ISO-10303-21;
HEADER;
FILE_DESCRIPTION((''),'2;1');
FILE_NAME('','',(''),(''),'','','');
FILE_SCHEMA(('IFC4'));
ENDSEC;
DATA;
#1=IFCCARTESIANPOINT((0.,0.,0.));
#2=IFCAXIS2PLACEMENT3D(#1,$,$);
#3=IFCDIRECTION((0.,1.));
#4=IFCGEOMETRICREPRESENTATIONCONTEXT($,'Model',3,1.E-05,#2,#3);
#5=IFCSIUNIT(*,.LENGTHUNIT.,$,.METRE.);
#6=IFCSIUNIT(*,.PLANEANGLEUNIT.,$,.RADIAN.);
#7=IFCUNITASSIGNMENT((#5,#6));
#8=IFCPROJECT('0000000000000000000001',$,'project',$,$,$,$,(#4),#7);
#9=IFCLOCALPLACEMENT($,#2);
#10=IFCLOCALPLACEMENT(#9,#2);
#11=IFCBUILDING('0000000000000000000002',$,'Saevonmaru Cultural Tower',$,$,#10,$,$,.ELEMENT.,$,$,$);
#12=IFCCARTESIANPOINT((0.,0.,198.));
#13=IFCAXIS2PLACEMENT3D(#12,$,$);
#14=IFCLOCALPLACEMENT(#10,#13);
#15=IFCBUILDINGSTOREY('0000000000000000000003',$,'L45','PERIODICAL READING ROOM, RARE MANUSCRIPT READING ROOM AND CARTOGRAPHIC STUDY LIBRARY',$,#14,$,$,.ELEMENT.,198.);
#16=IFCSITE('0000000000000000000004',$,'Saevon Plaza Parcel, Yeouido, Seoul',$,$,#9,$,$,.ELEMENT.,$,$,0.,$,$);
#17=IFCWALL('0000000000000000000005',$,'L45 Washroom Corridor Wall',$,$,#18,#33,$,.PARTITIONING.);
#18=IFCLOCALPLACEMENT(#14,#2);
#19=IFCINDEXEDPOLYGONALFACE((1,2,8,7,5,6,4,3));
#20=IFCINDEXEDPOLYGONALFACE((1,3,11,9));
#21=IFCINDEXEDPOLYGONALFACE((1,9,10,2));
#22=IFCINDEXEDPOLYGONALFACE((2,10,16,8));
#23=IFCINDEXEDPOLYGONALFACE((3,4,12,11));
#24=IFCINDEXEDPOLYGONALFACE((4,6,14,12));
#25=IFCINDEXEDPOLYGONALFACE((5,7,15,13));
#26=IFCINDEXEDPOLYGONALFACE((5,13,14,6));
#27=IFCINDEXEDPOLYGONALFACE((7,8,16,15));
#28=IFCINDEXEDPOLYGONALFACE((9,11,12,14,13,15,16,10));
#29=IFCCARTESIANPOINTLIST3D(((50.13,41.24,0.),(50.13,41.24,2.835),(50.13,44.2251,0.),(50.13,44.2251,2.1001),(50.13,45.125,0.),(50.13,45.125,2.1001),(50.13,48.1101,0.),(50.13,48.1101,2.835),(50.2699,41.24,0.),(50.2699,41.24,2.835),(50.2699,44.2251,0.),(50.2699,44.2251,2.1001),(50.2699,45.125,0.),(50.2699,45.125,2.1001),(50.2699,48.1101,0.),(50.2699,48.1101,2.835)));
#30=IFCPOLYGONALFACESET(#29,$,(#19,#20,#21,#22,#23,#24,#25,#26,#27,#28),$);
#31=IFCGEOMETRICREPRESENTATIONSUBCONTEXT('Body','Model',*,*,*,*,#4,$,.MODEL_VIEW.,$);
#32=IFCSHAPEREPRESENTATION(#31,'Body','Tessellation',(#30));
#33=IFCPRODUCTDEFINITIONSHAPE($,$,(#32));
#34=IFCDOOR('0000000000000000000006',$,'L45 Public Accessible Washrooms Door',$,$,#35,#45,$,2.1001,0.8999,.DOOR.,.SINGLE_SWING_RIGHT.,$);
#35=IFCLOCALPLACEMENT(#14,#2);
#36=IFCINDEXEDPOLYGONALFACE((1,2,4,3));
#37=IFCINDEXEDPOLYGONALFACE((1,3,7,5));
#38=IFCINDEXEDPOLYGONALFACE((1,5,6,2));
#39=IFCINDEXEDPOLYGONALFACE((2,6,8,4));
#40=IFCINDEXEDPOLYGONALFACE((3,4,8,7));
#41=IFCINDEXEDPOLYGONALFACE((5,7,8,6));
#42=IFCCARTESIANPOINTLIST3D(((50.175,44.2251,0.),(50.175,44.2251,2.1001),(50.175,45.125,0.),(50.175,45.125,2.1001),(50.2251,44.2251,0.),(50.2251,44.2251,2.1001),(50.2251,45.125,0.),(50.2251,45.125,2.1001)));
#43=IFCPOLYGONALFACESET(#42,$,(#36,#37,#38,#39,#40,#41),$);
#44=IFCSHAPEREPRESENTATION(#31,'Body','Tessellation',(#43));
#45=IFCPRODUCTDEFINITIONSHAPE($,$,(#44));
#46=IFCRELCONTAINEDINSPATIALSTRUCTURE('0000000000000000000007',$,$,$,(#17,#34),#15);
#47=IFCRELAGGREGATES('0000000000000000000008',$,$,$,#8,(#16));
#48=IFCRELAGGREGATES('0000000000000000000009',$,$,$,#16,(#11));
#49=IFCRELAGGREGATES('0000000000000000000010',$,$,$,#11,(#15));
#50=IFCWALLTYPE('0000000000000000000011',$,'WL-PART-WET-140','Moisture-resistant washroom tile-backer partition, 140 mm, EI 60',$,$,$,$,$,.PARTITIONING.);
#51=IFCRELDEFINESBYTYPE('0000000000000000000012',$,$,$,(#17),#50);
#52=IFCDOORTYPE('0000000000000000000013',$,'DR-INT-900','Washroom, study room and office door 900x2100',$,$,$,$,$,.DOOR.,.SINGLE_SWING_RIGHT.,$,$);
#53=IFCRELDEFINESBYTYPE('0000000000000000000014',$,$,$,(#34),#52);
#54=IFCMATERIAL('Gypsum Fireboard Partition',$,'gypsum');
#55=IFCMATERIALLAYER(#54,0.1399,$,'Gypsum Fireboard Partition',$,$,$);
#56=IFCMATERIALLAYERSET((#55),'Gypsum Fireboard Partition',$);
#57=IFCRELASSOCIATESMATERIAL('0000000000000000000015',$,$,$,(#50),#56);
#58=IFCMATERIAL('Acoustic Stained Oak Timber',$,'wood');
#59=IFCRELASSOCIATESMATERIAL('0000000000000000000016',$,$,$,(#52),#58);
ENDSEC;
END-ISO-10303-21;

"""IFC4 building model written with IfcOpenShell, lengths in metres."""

from ifc_helpers import new_model, si_unit, direction, frame, frame_2d, origin, place, context, subcontext, project, spatial, rectangle, extrude, material, layer, layer_set, type_object, element, fill, save


model = new_model("IFC4")

# Units and contexts
model_context = context("Model", 3, precision=1e-05, world=origin(), true_north=direction((0.0, 1.0)))
body_context = subcontext(model_context, "Body", "Model", "MODEL_VIEW")
ifc_project = project(units=[si_unit("LENGTHUNIT", "METRE"), si_unit("PLANEANGLEUNIT", "RADIAN")], contexts=[model_context])

# Site, building, storey
site_placement = place(None, origin())
site = spatial("IfcSite", under=ifc_project, at=site_placement, Name="Saevon Plaza Parcel, Yeouido, Seoul", CompositionType="ELEMENT", RefElevation=0.0)
building_placement = place(site_placement, origin())
building = spatial("IfcBuilding", under=site, at=building_placement, Name="Saevonmaru Cultural Tower", CompositionType="ELEMENT")
storey_placement = place(building_placement, frame((0.0, 0.0, 198.0)))
storey = spatial("IfcBuildingStorey", under=building, at=storey_placement, Name="L45", Description="PERIODICAL READING ROOM, RARE MANUSCRIPT READING ROOM AND CARTOGRAPHIC STUDY LIBRARY", CompositionType="ELEMENT", Elevation=198.0)

# Shared definitions
ifc_material_1 = material(Name="Gypsum Fireboard Partition", Category="gypsum")

# Shared definitions
ifc_layer_1 = layer(ifc_material_1, 0.1399, Name="Gypsum Fireboard Partition")
ifc_layer_set_1 = layer_set([ifc_layer_1], Name="Gypsum Fireboard Partition")
wall_type_1 = type_object("IfcWallType", Name="WL-PART-WET-140", Description="Moisture-resistant washroom tile-backer partition, 140 mm, EI 60", PredefinedType="PARTITIONING", material=ifc_layer_set_1)

# Wall, opening, door
wall_1_placement = place(storey_placement, frame((50.2, 41.24, 0.0), z_axis=(0.0, 0.0, 1.0), x_axis=(0.0, 1.0, 0.0)))
wall_1 = element("IfcWall", 1, at=wall_1_placement, inside=storey, type_object=wall_type_1, Name="L45 Washroom Corridor Wall", PredefinedType="PARTITIONING", context=body_context, shape_type="SweptSolid", body=[
    extrude(rectangle(XDim=6.8701, YDim=0.1399, at=frame_2d((3.4351, 0.0))), origin(), (0.0, 0.0, 1.0), 2.835),
])
opening_1_placement = place(wall_1_placement, frame((2.9851, 0.0, 0.0)))
opening_1 = element("IfcOpeningElement", 2, at=opening_1_placement, cuts=wall_1, PredefinedType="OPENING", context=body_context, shape_type="SweptSolid", body=[
    extrude(rectangle(XDim=0.8999, YDim=2.1001, at=frame_2d((0.45, 1.05))), frame((0.0, 0.0801, 0.0), z_axis=(0.0, -1.0, 0.0), x_axis=(1.0, 0.0, 0.0)), (0.0, 0.0, 1.0), 0.1599),
])
ifc_material_2 = material(Name="Acoustic Stained Oak Timber", Category="wood")
door_type_1 = type_object("IfcDoorType", Name="DR-INT-900", Description="Washroom, study room and office door 900x2100", OperationType="SINGLE_SWING_RIGHT", PredefinedType="DOOR", material=ifc_material_2)
door_1_placement = place(opening_1_placement, origin())
door_1 = element("IfcDoor", 3, at=door_1_placement, inside=storey, type_object=door_type_1, Name="L45 Public Accessible Washrooms Door", OperationType="SINGLE_SWING_RIGHT", OverallHeight=2.1001, OverallWidth=0.8999, PredefinedType="DOOR", context=body_context, shape_type="SweptSolid", body=[
    extrude(rectangle(XDim=0.8999, YDim=2.1001, at=frame_2d((0.45, 1.05))), frame((0.0, 0.0249, 0.0), z_axis=(0.0, -1.0, 0.0), x_axis=(1.0, 0.0, 0.0)), (0.0, 0.0, 1.0), 0.05),
])
fill(opening_1, door_1)

save(model, "model.ifc")
